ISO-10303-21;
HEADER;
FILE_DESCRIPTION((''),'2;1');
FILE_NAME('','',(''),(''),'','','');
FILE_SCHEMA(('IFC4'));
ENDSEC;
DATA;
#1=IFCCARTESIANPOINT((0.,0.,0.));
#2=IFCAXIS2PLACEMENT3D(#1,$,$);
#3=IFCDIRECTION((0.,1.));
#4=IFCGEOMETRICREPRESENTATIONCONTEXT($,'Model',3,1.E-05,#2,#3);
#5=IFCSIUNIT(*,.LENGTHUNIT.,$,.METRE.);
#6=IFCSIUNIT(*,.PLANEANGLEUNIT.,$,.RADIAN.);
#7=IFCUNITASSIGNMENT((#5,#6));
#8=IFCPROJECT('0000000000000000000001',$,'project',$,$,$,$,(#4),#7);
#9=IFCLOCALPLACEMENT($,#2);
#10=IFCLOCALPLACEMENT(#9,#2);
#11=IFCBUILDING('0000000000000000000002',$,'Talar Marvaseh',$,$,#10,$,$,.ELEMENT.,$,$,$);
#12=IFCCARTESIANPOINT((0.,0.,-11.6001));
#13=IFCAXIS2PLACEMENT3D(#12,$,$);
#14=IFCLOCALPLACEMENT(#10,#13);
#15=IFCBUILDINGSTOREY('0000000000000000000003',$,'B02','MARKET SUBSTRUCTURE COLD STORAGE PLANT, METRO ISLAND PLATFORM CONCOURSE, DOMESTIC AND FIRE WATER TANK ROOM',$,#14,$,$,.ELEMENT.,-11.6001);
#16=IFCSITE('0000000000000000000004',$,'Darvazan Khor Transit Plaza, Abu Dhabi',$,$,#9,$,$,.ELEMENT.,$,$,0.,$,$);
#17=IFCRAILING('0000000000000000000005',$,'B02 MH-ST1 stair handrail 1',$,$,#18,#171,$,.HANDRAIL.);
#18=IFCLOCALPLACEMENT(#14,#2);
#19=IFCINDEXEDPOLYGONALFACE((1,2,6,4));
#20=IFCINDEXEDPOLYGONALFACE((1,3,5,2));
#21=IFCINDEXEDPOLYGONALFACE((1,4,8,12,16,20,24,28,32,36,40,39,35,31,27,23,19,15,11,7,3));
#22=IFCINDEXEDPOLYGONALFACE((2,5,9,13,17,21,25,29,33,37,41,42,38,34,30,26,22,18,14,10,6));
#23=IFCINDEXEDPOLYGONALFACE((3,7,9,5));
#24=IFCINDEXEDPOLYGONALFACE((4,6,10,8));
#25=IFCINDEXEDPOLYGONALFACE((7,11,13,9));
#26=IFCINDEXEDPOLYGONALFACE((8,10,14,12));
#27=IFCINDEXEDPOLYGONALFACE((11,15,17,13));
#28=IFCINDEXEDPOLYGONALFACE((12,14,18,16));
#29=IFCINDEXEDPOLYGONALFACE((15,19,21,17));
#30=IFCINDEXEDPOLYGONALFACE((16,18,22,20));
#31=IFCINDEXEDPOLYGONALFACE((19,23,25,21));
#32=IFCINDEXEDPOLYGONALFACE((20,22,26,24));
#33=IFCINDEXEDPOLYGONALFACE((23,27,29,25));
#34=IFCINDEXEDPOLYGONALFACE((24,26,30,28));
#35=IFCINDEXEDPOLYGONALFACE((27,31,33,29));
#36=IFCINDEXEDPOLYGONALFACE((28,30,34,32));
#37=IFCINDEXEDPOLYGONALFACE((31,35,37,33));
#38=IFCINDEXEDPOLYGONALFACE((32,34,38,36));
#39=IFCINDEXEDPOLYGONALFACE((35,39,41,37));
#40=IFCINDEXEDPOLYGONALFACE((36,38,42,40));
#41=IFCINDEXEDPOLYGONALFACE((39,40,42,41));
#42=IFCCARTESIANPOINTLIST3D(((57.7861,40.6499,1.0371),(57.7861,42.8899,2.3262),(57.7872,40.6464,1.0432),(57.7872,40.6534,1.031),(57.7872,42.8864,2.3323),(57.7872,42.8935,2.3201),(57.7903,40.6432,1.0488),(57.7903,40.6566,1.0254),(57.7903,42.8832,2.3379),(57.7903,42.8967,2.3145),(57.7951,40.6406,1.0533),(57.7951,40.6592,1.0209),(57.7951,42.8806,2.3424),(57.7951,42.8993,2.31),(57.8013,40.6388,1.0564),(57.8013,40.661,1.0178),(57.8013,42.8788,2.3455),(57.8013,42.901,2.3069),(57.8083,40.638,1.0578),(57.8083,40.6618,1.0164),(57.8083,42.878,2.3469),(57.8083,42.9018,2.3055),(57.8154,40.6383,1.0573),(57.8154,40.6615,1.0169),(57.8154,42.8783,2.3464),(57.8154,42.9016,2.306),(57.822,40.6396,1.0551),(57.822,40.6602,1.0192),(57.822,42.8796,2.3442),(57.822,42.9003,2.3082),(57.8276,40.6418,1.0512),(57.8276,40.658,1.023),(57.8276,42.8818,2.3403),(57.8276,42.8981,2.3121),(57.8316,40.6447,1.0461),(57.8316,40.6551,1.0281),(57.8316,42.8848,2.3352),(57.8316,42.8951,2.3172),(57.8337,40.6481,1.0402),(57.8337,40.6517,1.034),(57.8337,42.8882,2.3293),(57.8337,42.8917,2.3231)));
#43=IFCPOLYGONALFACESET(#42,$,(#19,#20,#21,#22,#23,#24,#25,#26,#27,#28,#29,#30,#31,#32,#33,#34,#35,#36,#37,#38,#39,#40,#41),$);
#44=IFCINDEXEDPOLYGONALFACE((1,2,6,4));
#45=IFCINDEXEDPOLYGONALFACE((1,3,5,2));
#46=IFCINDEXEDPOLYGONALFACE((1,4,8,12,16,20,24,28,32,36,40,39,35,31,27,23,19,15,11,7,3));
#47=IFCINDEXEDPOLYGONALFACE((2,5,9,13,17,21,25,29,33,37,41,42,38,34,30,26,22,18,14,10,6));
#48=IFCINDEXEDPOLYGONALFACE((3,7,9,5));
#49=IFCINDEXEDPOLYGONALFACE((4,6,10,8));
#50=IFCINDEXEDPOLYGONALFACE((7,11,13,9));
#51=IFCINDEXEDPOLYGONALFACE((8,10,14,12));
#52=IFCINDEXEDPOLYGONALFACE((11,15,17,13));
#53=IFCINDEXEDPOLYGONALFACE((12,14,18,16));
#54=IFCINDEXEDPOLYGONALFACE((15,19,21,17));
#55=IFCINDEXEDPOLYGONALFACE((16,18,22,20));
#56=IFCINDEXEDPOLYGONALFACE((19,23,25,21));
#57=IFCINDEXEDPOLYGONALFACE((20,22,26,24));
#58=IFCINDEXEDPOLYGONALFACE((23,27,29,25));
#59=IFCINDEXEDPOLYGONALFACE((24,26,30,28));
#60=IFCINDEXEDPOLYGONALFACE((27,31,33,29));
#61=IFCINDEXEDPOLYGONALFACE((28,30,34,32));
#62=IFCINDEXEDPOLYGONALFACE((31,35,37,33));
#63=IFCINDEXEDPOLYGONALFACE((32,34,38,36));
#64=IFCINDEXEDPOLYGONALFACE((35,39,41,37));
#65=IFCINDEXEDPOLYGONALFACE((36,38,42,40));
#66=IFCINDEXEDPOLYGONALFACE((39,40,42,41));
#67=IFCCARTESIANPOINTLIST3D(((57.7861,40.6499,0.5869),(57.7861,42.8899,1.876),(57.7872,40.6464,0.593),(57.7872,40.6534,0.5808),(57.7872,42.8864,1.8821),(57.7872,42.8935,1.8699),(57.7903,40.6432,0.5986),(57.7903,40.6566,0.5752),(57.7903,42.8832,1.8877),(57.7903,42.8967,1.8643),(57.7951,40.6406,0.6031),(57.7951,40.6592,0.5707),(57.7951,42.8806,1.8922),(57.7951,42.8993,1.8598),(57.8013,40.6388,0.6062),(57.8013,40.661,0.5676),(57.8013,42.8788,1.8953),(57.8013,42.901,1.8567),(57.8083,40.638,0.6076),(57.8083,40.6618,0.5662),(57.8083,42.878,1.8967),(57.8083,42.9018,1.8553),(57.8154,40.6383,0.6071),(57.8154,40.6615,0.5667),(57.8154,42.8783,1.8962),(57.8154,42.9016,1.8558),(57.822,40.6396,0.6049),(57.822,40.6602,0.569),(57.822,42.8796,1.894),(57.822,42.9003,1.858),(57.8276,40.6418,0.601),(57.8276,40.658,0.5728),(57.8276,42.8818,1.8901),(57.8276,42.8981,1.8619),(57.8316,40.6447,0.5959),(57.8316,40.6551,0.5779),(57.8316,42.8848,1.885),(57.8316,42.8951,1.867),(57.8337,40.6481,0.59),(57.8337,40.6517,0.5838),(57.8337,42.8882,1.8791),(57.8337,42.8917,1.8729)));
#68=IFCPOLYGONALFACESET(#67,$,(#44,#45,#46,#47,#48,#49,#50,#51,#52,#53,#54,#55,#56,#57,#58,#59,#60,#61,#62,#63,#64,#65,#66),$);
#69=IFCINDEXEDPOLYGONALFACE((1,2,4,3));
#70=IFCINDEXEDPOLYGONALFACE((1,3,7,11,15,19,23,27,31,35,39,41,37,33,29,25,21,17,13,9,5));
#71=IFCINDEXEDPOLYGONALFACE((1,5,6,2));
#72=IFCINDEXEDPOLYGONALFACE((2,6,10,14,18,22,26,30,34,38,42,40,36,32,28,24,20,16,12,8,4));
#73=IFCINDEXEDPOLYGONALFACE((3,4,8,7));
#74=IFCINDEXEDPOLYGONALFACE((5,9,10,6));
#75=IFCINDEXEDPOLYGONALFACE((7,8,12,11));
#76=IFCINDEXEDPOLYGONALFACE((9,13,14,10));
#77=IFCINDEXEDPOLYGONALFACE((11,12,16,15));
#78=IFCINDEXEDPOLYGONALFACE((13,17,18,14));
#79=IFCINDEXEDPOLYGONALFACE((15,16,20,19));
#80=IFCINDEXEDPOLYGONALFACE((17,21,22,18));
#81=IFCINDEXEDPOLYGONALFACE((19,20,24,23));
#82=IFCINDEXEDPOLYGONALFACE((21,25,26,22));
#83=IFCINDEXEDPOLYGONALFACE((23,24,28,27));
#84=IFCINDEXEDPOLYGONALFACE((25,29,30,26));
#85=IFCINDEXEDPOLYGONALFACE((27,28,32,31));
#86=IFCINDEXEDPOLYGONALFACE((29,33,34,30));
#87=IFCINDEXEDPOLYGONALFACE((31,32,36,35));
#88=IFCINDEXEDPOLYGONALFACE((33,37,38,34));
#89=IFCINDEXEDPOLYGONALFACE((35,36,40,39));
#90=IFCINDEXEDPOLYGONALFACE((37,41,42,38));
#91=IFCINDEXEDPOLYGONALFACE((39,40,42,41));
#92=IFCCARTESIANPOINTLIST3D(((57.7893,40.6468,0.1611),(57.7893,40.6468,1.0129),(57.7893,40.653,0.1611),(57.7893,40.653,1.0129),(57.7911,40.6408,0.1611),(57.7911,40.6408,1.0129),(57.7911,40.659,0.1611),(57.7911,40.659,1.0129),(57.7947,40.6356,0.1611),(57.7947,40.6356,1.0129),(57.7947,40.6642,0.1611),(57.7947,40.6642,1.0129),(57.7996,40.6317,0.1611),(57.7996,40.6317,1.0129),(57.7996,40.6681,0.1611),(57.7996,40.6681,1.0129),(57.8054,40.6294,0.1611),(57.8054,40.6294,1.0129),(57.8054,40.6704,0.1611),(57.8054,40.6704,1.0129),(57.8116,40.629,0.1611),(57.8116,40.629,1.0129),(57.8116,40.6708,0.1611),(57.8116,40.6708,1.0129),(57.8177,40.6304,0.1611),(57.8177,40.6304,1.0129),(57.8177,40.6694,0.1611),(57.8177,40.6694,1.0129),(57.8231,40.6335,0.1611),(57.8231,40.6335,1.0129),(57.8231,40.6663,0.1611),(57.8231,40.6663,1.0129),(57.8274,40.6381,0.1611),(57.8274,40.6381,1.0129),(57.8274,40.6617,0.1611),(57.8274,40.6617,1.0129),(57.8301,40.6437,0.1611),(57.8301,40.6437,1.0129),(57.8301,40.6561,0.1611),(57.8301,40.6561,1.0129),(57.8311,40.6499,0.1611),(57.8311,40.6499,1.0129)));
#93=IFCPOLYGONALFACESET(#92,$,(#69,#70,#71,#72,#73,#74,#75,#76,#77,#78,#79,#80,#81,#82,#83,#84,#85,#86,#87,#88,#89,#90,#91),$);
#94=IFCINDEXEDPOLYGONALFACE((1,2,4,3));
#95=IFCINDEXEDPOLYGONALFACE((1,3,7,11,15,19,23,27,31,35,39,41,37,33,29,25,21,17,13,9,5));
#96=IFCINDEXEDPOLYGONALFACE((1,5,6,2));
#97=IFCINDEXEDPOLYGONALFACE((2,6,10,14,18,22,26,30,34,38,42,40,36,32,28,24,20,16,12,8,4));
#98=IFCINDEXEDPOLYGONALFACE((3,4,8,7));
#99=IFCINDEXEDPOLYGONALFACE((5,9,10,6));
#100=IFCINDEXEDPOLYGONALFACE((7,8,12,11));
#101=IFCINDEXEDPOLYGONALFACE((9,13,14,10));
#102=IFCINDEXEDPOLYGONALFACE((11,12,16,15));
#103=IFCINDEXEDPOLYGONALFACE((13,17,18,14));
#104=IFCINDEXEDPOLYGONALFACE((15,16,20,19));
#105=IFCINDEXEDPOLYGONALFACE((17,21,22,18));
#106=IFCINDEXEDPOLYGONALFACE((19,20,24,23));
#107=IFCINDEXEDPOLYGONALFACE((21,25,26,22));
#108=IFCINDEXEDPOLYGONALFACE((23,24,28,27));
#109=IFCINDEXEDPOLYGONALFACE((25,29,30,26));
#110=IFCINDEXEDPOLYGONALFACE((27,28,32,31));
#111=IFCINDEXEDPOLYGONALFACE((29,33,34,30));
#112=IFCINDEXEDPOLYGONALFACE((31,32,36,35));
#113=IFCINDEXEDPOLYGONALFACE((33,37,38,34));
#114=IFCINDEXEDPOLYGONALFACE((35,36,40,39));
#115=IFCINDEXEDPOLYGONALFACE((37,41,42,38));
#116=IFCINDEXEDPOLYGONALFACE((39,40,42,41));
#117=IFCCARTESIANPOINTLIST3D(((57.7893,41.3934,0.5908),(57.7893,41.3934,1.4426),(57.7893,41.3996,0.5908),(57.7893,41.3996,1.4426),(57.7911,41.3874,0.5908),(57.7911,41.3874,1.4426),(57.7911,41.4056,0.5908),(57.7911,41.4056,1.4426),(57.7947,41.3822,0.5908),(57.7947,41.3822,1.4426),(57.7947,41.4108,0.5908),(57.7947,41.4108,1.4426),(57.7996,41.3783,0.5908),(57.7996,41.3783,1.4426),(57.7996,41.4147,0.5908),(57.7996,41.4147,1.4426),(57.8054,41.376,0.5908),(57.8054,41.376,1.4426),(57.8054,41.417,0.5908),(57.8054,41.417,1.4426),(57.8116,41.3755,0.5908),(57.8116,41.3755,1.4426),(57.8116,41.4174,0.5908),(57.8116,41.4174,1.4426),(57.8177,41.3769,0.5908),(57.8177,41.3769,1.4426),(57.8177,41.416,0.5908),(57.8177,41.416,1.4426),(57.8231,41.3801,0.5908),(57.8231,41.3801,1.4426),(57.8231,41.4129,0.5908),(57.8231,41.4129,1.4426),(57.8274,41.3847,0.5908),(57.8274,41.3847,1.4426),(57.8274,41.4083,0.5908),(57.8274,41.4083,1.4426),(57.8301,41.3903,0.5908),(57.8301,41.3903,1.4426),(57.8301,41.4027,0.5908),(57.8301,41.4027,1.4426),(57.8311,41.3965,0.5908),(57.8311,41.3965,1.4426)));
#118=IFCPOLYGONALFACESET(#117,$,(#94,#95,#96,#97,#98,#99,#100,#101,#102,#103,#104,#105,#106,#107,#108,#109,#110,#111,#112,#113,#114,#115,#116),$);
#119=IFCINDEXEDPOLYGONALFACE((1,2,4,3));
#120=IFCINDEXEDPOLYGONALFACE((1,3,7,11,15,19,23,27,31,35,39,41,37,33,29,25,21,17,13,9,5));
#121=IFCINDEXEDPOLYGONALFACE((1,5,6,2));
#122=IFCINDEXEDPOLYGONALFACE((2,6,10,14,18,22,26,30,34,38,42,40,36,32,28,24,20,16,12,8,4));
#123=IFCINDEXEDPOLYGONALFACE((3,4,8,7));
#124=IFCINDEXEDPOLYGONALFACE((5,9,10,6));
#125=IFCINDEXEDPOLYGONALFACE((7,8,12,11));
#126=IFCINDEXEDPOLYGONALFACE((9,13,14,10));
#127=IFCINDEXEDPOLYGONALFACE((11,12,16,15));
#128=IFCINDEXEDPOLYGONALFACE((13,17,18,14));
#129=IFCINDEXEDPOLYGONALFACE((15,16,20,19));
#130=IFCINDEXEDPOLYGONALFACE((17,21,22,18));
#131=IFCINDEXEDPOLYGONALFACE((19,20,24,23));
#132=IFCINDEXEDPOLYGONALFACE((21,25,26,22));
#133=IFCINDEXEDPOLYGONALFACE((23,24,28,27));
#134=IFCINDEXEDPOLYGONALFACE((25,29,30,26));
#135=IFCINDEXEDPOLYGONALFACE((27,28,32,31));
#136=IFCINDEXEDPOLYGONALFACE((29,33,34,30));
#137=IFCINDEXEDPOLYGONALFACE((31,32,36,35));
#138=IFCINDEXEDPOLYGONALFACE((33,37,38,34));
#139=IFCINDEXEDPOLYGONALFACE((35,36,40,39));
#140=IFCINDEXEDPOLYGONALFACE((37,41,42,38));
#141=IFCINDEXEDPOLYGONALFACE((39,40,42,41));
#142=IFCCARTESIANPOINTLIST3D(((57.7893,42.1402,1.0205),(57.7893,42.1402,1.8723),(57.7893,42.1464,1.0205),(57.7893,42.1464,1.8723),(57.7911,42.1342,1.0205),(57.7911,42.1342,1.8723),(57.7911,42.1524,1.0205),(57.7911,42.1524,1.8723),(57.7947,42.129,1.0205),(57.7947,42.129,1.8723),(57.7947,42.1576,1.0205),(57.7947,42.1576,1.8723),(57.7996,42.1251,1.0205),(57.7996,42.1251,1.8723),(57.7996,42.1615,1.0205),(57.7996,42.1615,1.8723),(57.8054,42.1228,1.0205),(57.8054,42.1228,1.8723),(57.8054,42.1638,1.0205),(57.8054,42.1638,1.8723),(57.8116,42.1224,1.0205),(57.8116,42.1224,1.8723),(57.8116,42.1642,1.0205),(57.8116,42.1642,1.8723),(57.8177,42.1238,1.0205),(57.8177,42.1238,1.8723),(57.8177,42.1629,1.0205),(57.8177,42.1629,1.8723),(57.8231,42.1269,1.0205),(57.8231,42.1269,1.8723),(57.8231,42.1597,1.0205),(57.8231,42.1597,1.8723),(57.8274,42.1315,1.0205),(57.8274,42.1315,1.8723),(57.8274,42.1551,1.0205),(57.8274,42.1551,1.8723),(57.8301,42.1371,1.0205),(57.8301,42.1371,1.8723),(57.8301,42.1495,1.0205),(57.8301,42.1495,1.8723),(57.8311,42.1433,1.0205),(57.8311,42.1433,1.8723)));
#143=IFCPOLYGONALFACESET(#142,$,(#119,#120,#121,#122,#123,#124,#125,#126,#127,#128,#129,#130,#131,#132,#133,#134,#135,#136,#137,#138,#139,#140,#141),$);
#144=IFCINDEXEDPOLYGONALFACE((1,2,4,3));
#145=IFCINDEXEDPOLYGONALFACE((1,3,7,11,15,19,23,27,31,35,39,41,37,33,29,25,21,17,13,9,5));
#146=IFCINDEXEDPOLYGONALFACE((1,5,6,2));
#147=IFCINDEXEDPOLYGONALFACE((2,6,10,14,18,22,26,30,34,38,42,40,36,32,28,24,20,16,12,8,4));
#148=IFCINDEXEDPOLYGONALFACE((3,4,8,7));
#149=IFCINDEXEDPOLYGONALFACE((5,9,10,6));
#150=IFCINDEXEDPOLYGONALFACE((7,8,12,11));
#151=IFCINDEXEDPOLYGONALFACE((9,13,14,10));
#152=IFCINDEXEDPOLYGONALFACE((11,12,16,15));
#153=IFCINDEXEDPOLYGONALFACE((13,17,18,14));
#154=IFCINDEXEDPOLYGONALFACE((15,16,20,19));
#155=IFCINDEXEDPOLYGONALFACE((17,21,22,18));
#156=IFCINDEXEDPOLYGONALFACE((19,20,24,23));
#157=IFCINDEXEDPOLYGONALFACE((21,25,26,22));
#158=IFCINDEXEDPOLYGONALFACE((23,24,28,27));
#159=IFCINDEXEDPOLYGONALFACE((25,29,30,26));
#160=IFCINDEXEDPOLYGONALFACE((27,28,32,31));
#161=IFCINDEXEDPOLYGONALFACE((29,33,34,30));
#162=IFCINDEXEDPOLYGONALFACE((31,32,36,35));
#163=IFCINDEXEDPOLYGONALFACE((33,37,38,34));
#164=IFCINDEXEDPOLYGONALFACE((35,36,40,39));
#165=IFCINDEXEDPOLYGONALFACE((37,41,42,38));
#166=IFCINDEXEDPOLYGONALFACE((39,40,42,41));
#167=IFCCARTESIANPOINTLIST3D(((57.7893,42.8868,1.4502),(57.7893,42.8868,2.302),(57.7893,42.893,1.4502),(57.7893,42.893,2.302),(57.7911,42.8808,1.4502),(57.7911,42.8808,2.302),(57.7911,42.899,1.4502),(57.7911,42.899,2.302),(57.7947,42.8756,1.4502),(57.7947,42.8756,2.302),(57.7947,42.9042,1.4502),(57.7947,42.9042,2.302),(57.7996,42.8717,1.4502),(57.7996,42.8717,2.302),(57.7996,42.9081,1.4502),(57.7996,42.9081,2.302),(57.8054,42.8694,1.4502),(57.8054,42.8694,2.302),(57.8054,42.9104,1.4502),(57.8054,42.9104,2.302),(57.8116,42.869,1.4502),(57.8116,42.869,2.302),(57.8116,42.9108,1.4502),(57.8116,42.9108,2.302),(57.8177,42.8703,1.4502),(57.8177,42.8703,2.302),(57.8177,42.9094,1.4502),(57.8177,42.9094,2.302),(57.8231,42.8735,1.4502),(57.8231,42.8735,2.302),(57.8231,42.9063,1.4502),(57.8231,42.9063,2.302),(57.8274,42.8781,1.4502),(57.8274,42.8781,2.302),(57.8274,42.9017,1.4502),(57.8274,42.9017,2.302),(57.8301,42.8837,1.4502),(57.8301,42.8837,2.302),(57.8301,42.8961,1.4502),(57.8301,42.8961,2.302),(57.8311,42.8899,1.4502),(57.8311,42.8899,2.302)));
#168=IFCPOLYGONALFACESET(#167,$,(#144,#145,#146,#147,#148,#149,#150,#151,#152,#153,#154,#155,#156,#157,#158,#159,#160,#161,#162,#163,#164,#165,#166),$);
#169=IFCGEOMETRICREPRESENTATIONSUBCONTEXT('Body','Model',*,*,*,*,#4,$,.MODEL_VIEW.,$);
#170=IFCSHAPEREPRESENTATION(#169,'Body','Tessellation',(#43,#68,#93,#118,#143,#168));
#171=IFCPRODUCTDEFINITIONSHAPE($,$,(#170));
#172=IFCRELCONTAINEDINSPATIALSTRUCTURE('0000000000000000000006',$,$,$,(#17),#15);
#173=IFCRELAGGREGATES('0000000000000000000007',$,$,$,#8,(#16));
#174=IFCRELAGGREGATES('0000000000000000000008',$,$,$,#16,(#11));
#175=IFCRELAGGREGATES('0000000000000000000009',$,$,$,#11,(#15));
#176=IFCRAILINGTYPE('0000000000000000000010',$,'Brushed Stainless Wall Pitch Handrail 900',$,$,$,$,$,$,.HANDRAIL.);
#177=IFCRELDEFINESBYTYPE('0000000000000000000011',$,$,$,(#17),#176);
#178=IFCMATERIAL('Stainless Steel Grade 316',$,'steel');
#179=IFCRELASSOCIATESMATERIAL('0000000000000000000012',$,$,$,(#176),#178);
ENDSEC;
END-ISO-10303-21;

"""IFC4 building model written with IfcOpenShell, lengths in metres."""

from ifc_helpers import new_model, si_unit, direction, frame, origin, origin_2d, place, context, subcontext, project, spatial, circle, extrude, material, type_object, element, save


model = new_model("IFC4")

# Units and contexts
model_context = context("Model", 3, precision=1e-05, world=origin(), true_north=direction((0.0, 1.0)))
body_context = subcontext(model_context, "Body", "Model", "MODEL_VIEW")
ifc_project = project(units=[si_unit("LENGTHUNIT", "METRE"), si_unit("PLANEANGLEUNIT", "RADIAN")], contexts=[model_context])

# Site, building, storey
site_placement = place(None, origin())
site = spatial("IfcSite", under=ifc_project, at=site_placement, Name="Darvazan Khor Transit Plaza, Abu Dhabi", CompositionType="ELEMENT", RefElevation=0.0)
building_placement = place(site_placement, origin())
building = spatial("IfcBuilding", under=site, at=building_placement, Name="Talar Marvaseh", CompositionType="ELEMENT")
storey_placement = place(building_placement, frame((0.0, 0.0, -11.6001)))
storey = spatial("IfcBuildingStorey", under=building, at=storey_placement, Name="B02", Description="MARKET SUBSTRUCTURE COLD STORAGE PLANT, METRO ISLAND PLATFORM CONCOURSE, DOMESTIC AND FIRE WATER TANK ROOM", CompositionType="ELEMENT", Elevation=-11.6001)

# Railing
ifc_material_1 = material(Name="Stainless Steel Grade 316", Category="steel")
railing_type_1 = type_object("IfcRailingType", Name="Brushed Stainless Wall Pitch Handrail 900", PredefinedType="HANDRAIL", material=ifc_material_1)
railing_1_placement = place(storey_placement, frame((57.8101, 40.6499, 0.1611)))
element("IfcRailing", 1, at=railing_1_placement, inside=storey, type_object=railing_type_1, Name="B02 MH-ST1 stair handrail 1", PredefinedType="HANDRAIL", context=body_context, shape_type="SweptSolid", body=[
    extrude(circle(Radius=0.0239, at=origin_2d()), frame((0.0, 0.0, 0.876), z_axis=(0.0, 0.866728, 0.498782), x_axis=(-1.0, 0.0, 0.0)), (0.0, 0.0, 1.0), 2.5845),
    extrude(circle(Radius=0.0239, at=origin_2d()), frame((0.0, 0.0, 0.4258), z_axis=(0.0, 0.866728, 0.498782), x_axis=(-1.0, 0.0, 0.0)), (0.0, 0.0, 1.0), 2.5845),
    extrude(circle(Radius=0.021, at=origin_2d()), origin(), (0.0, 0.0, 1.0), 0.8518),
    extrude(circle(Radius=0.021, at=origin_2d()), frame((0.0, 0.7466, 0.4297)), (0.0, 0.0, 1.0), 0.8518),
    extrude(circle(Radius=0.021, at=origin_2d()), frame((0.0, 1.4934, 0.8594)), (0.0, 0.0, 1.0), 0.8518),
    extrude(circle(Radius=0.021, at=origin_2d()), frame((0.0, 2.24, 1.2891)), (0.0, 0.0, 1.0), 0.8518),
])

save(model, "model.ifc")
